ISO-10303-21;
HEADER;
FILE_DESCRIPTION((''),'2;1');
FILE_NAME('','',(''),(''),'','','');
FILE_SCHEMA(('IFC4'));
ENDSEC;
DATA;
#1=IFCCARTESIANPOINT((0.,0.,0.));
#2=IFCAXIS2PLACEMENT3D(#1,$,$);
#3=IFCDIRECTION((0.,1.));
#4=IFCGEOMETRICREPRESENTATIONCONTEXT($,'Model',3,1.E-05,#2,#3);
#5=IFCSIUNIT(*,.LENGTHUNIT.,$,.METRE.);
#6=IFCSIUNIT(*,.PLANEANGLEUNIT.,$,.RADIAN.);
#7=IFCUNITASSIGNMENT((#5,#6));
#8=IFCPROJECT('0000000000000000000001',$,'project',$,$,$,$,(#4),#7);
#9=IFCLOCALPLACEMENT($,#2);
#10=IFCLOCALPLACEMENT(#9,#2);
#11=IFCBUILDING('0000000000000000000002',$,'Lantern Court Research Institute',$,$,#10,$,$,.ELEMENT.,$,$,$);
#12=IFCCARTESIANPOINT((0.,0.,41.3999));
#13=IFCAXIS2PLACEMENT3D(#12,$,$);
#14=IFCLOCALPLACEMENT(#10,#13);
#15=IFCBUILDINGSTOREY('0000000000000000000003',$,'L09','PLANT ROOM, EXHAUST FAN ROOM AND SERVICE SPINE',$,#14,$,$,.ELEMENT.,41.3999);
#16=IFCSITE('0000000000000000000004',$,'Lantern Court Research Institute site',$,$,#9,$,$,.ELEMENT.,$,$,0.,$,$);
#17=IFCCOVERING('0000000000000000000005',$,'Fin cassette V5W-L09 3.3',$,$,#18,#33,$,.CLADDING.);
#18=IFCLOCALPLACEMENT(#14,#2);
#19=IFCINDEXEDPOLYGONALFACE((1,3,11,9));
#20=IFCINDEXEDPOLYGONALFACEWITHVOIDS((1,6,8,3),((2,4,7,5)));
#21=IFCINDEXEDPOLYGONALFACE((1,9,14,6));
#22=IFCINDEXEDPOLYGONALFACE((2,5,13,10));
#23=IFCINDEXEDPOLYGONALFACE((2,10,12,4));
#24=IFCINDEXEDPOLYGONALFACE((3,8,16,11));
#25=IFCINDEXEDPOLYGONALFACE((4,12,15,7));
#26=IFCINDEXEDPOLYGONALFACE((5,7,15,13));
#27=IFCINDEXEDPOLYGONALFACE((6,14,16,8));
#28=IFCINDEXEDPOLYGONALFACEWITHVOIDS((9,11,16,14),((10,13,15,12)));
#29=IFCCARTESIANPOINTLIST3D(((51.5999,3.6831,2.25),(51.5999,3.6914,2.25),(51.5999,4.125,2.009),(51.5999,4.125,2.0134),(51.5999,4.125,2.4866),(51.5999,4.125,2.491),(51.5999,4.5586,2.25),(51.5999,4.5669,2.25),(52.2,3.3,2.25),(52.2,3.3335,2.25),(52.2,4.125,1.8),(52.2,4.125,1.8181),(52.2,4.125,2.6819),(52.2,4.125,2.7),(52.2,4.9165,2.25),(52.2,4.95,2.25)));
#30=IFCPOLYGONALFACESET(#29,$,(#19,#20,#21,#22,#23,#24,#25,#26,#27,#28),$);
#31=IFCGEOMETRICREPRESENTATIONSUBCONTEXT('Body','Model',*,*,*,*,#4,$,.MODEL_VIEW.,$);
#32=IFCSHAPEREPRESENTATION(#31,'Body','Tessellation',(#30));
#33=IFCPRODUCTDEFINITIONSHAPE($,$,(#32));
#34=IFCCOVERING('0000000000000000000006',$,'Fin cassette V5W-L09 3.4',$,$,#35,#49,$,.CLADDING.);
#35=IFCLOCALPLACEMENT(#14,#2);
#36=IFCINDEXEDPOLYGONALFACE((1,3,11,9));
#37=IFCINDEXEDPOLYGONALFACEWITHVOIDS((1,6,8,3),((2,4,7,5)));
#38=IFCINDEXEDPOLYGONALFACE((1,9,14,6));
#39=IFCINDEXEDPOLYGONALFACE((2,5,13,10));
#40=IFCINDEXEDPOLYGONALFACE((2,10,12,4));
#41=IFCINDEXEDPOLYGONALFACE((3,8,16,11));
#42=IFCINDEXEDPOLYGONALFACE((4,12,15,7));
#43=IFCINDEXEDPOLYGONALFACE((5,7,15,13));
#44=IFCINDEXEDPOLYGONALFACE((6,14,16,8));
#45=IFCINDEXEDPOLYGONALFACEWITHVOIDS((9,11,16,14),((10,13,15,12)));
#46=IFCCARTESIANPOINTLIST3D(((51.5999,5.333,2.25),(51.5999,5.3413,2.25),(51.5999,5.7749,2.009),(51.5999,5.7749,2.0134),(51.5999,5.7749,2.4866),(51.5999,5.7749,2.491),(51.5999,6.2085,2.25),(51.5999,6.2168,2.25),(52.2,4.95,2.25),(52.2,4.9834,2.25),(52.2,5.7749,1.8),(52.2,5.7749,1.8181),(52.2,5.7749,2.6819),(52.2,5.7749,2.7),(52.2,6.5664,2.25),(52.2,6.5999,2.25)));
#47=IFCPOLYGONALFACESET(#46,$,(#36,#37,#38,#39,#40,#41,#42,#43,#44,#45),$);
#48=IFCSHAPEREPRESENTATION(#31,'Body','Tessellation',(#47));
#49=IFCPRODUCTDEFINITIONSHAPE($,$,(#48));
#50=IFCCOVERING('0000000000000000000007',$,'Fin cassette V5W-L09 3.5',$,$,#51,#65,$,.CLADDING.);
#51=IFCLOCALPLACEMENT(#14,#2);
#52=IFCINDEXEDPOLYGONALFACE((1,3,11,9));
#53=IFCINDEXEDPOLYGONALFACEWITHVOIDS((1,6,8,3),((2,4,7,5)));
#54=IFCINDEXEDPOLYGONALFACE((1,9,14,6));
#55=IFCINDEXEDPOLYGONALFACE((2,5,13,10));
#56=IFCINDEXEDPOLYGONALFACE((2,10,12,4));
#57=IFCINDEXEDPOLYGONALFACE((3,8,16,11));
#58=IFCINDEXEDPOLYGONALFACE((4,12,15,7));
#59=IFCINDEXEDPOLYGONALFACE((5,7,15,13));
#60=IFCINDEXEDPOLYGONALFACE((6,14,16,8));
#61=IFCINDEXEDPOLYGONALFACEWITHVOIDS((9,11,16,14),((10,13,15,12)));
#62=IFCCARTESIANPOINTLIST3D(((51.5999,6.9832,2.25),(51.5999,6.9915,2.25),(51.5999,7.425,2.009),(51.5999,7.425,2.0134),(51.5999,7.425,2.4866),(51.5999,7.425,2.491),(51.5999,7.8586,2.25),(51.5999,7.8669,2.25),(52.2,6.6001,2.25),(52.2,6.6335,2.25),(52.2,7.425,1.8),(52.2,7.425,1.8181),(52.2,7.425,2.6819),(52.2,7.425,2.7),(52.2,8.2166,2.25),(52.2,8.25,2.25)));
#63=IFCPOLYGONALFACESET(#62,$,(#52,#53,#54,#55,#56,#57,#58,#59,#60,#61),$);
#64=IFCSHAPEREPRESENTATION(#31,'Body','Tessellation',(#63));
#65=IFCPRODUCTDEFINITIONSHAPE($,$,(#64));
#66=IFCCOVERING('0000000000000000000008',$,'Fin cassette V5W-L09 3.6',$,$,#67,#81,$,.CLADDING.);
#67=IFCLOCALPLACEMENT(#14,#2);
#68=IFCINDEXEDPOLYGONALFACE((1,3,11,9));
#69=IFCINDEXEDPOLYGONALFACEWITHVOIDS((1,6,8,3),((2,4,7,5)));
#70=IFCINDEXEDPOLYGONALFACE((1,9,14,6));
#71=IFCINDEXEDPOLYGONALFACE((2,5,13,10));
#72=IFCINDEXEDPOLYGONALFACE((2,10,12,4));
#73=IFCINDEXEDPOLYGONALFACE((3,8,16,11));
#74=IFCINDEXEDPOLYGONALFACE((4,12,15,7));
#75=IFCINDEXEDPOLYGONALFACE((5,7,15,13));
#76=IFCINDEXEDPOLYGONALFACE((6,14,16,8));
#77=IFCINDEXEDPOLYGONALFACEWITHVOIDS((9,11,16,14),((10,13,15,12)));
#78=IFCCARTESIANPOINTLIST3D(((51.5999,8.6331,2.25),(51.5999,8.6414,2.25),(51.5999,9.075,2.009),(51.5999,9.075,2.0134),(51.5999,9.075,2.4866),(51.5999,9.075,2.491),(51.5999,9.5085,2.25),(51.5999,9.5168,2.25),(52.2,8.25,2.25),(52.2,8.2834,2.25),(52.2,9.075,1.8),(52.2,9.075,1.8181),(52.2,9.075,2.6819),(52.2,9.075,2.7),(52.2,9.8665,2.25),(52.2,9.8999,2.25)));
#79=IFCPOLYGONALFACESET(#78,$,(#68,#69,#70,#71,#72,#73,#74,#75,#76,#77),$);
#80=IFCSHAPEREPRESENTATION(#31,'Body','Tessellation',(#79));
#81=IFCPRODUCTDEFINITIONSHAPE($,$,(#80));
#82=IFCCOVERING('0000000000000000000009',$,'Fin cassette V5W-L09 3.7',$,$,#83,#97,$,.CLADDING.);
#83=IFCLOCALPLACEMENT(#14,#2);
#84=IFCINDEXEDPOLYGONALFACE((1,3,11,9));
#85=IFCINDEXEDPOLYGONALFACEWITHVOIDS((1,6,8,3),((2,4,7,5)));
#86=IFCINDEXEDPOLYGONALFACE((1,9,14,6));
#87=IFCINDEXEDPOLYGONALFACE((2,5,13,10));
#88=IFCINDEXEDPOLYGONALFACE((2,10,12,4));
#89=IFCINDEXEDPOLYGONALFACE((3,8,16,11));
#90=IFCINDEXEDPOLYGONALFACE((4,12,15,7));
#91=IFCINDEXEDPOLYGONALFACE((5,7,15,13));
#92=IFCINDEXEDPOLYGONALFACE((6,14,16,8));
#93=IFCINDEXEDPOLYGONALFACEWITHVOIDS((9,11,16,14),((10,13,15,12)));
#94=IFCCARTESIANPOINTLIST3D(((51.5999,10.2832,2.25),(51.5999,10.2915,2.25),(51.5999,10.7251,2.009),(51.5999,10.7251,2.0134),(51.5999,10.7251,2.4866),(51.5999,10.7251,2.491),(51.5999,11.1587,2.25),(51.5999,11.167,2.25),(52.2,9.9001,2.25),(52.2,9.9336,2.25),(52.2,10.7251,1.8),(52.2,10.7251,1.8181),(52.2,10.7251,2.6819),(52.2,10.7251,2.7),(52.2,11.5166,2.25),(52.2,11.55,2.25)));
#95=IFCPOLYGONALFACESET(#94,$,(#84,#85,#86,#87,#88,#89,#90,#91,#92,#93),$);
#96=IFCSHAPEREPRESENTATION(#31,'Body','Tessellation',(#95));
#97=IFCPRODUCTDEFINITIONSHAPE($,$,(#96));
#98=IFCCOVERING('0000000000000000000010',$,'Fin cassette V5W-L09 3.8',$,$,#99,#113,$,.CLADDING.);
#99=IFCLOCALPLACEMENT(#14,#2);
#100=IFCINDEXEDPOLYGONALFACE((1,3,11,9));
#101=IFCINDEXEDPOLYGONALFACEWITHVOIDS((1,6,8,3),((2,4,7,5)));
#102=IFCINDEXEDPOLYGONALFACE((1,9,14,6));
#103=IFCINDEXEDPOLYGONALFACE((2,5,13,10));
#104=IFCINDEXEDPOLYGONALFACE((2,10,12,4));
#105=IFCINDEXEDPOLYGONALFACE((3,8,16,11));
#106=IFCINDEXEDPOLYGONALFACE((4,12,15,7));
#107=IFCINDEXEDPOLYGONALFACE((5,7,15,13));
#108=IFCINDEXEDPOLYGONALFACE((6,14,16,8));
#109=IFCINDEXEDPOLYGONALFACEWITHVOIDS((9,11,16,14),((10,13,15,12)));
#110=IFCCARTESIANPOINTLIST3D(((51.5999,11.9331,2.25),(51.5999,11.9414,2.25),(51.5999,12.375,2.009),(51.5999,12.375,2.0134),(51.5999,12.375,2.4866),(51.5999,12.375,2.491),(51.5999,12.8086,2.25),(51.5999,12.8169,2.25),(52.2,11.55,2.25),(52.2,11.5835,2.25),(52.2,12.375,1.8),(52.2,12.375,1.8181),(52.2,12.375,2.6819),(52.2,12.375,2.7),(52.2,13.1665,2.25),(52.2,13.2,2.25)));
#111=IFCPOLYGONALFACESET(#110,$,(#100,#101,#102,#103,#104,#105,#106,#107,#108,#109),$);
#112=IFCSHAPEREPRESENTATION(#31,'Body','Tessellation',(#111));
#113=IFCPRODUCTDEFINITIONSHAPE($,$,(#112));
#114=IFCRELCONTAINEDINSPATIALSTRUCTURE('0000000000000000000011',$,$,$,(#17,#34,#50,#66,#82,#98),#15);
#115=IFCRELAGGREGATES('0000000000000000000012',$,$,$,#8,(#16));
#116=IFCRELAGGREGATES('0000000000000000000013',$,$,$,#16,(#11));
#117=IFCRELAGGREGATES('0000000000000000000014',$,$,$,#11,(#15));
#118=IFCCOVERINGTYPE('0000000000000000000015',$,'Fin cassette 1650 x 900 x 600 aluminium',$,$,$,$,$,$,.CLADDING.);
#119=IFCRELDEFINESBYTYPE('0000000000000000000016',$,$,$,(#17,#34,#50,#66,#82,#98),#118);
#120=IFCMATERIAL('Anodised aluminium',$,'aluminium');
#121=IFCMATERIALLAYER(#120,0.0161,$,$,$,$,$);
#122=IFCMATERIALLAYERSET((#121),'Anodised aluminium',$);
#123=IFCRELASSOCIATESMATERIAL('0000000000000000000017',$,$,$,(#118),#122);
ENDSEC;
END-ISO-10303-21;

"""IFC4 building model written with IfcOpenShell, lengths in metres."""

from ifc_helpers import new_model, entity, si_unit, direction, frame, origin, place, context, subcontext, project, spatial, material, layer, layer_set, type_object, element, save


model = new_model("IFC4")

# Units and contexts
model_context = context("Model", 3, precision=1e-05, world=origin(), true_north=direction((0.0, 1.0)))
body_context = subcontext(model_context, "Body", "Model", "MODEL_VIEW")
ifc_project = project(units=[si_unit("LENGTHUNIT", "METRE"), si_unit("PLANEANGLEUNIT", "RADIAN")], contexts=[model_context])

# Site, building, storey
site_placement = place(None, origin())
site = spatial("IfcSite", under=ifc_project, at=site_placement, Name="Lantern Court Research Institute site", CompositionType="ELEMENT", RefElevation=0.0)
building_placement = place(site_placement, origin())
building = spatial("IfcBuilding", under=site, at=building_placement, Name="Lantern Court Research Institute", CompositionType="ELEMENT")
storey_placement = place(building_placement, frame((0.0, 0.0, 41.3999)))
storey = spatial("IfcBuildingStorey", under=building, at=storey_placement, Name="L09", Description="PLANT ROOM, EXHAUST FAN ROOM AND SERVICE SPINE", CompositionType="ELEMENT", Elevation=41.3999)

# Coverings
ifc_material_1 = material(Name="Anodised aluminium", Category="aluminium")
ifc_layer_1 = layer(ifc_material_1, 0.0161)
ifc_layer_set_1 = layer_set([ifc_layer_1], Name="Anodised aluminium")
covering_type = type_object("IfcCoveringType", Name="Fin cassette 1650 x 900 x 600 aluminium", PredefinedType="CLADDING", material=ifc_layer_set_1)
covering_1_placement = place(storey_placement, frame((52.2, 4.125, 2.25), z_axis=(-1.0, 0.0, 0.0), x_axis=(0.0, -1.0, 0.0)))
cartesian_point_1 = entity("IfcCartesianPoint", [0.825, 0.0])
cartesian_point_2 = entity("IfcCartesianPoint", [0.7915, 0.0])
cartesian_point_3 = entity("IfcCartesianPoint", [0.4419, 0.0])
cartesian_point_4 = entity("IfcCartesianPoint", [0.4336, 0.0])
element("IfcCovering", 1, at=covering_1_placement, inside=storey, type_object=covering_type, Name="Fin cassette V5W-L09 3.3", PredefinedType="CLADDING", context=body_context, shape_type="SweptSolid", body=[
    entity("IfcExtrudedAreaSolidTapered", entity("IfcArbitraryProfileDefWithVoids", "AREA", None, entity("IfcPolyline", [cartesian_point_1, entity("IfcCartesianPoint", [0.0, 0.45]), entity("IfcCartesianPoint", [-0.825, 0.0]), entity("IfcCartesianPoint", [0.0, -0.45]), cartesian_point_1]), [entity("IfcPolyline", [cartesian_point_2, entity("IfcCartesianPoint", [0.0, 0.4319]), entity("IfcCartesianPoint", [-0.7915, 0.0]), entity("IfcCartesianPoint", [0.0, -0.4319]), cartesian_point_2])]), entity("IfcAxis2Placement3D", entity("IfcCartesianPoint", [0.0, 0.0, 0.0])), entity("IfcDirection", [0.0, 0.0, 1.0]), 0.6001, entity("IfcArbitraryProfileDefWithVoids", "AREA", None, entity("IfcPolyline", [cartesian_point_3, entity("IfcCartesianPoint", [0.0, 0.241]), entity("IfcCartesianPoint", [-0.4419, 0.0]), entity("IfcCartesianPoint", [0.0, -0.241]), cartesian_point_3]), [entity("IfcPolyline", [cartesian_point_4, entity("IfcCartesianPoint", [0.0, 0.2366]), entity("IfcCartesianPoint", [-0.4336, 0.0]), entity("IfcCartesianPoint", [0.0, -0.2366]), cartesian_point_4])])),
])
covering_2_placement = place(storey_placement, frame((52.2, 5.7749, 2.25), z_axis=(-1.0, 0.0, 0.0), x_axis=(0.0, -1.0, 0.0)))
cartesian_point_5 = entity("IfcCartesianPoint", [0.825, 0.0])
cartesian_point_6 = entity("IfcCartesianPoint", [0.7915, 0.0])
cartesian_point_7 = entity("IfcCartesianPoint", [0.4419, 0.0])
cartesian_point_8 = entity("IfcCartesianPoint", [0.4336, 0.0])
element("IfcCovering", 2, at=covering_2_placement, inside=storey, type_object=covering_type, Name="Fin cassette V5W-L09 3.4", PredefinedType="CLADDING", context=body_context, shape_type="SweptSolid", body=[
    entity("IfcExtrudedAreaSolidTapered", entity("IfcArbitraryProfileDefWithVoids", "AREA", None, entity("IfcPolyline", [cartesian_point_5, entity("IfcCartesianPoint", [0.0, 0.45]), entity("IfcCartesianPoint", [-0.825, 0.0]), entity("IfcCartesianPoint", [0.0, -0.45]), cartesian_point_5]), [entity("IfcPolyline", [cartesian_point_6, entity("IfcCartesianPoint", [0.0, 0.4319]), entity("IfcCartesianPoint", [-0.7915, 0.0]), entity("IfcCartesianPoint", [0.0, -0.4319]), cartesian_point_6])]), entity("IfcAxis2Placement3D", entity("IfcCartesianPoint", [0.0, 0.0, 0.0])), entity("IfcDirection", [0.0, 0.0, 1.0]), 0.6001, entity("IfcArbitraryProfileDefWithVoids", "AREA", None, entity("IfcPolyline", [cartesian_point_7, entity("IfcCartesianPoint", [0.0, 0.241]), entity("IfcCartesianPoint", [-0.4419, 0.0]), entity("IfcCartesianPoint", [0.0, -0.241]), cartesian_point_7]), [entity("IfcPolyline", [cartesian_point_8, entity("IfcCartesianPoint", [0.0, 0.2366]), entity("IfcCartesianPoint", [-0.4336, 0.0]), entity("IfcCartesianPoint", [0.0, -0.2366]), cartesian_point_8])])),
])
covering_3_placement = place(storey_placement, frame((52.2, 7.425, 2.25), z_axis=(-1.0, 0.0, 0.0), x_axis=(0.0, -1.0, 0.0)))
cartesian_point_9 = entity("IfcCartesianPoint", [0.825, 0.0])
cartesian_point_10 = entity("IfcCartesianPoint", [0.7915, 0.0])
cartesian_point_11 = entity("IfcCartesianPoint", [0.4419, 0.0])
cartesian_point_12 = entity("IfcCartesianPoint", [0.4336, 0.0])
element("IfcCovering", 3, at=covering_3_placement, inside=storey, type_object=covering_type, Name="Fin cassette V5W-L09 3.5", PredefinedType="CLADDING", context=body_context, shape_type="SweptSolid", body=[
    entity("IfcExtrudedAreaSolidTapered", entity("IfcArbitraryProfileDefWithVoids", "AREA", None, entity("IfcPolyline", [cartesian_point_9, entity("IfcCartesianPoint", [0.0, 0.45]), entity("IfcCartesianPoint", [-0.825, 0.0]), entity("IfcCartesianPoint", [0.0, -0.45]), cartesian_point_9]), [entity("IfcPolyline", [cartesian_point_10, entity("IfcCartesianPoint", [0.0, 0.4319]), entity("IfcCartesianPoint", [-0.7915, 0.0]), entity("IfcCartesianPoint", [0.0, -0.4319]), cartesian_point_10])]), entity("IfcAxis2Placement3D", entity("IfcCartesianPoint", [0.0, 0.0, 0.0])), entity("IfcDirection", [0.0, 0.0, 1.0]), 0.6001, entity("IfcArbitraryProfileDefWithVoids", "AREA", None, entity("IfcPolyline", [cartesian_point_11, entity("IfcCartesianPoint", [0.0, 0.241]), entity("IfcCartesianPoint", [-0.4419, 0.0]), entity("IfcCartesianPoint", [0.0, -0.241]), cartesian_point_11]), [entity("IfcPolyline", [cartesian_point_12, entity("IfcCartesianPoint", [0.0, 0.2366]), entity("IfcCartesianPoint", [-0.4336, 0.0]), entity("IfcCartesianPoint", [0.0, -0.2366]), cartesian_point_12])])),
])
covering_4_placement = place(storey_placement, frame((52.2, 9.075, 2.25), z_axis=(-1.0, 0.0, 0.0), x_axis=(0.0, -1.0, 0.0)))
cartesian_point_13 = entity("IfcCartesianPoint", [0.825, 0.0])
cartesian_point_14 = entity("IfcCartesianPoint", [0.7915, 0.0])
cartesian_point_15 = entity("IfcCartesianPoint", [0.4419, 0.0])
cartesian_point_16 = entity("IfcCartesianPoint", [0.4336, 0.0])
element("IfcCovering", 4, at=covering_4_placement, inside=storey, type_object=covering_type, Name="Fin cassette V5W-L09 3.6", PredefinedType="CLADDING", context=body_context, shape_type="SweptSolid", body=[
    entity("IfcExtrudedAreaSolidTapered", entity("IfcArbitraryProfileDefWithVoids", "AREA", None, entity("IfcPolyline", [cartesian_point_13, entity("IfcCartesianPoint", [0.0, 0.45]), entity("IfcCartesianPoint", [-0.825, 0.0]), entity("IfcCartesianPoint", [0.0, -0.45]), cartesian_point_13]), [entity("IfcPolyline", [cartesian_point_14, entity("IfcCartesianPoint", [0.0, 0.4319]), entity("IfcCartesianPoint", [-0.7915, 0.0]), entity("IfcCartesianPoint", [0.0, -0.4319]), cartesian_point_14])]), entity("IfcAxis2Placement3D", entity("IfcCartesianPoint", [0.0, 0.0, 0.0])), entity("IfcDirection", [0.0, 0.0, 1.0]), 0.6001, entity("IfcArbitraryProfileDefWithVoids", "AREA", None, entity("IfcPolyline", [cartesian_point_15, entity("IfcCartesianPoint", [0.0, 0.241]), entity("IfcCartesianPoint", [-0.4419, 0.0]), entity("IfcCartesianPoint", [0.0, -0.241]), cartesian_point_15]), [entity("IfcPolyline", [cartesian_point_16, entity("IfcCartesianPoint", [0.0, 0.2366]), entity("IfcCartesianPoint", [-0.4336, 0.0]), entity("IfcCartesianPoint", [0.0, -0.2366]), cartesian_point_16])])),
])
covering_5_placement = place(storey_placement, frame((52.2, 10.7251, 2.25), z_axis=(-1.0, 0.0, 0.0), x_axis=(0.0, -1.0, 0.0)))
cartesian_point_17 = entity("IfcCartesianPoint", [0.825, 0.0])
cartesian_point_18 = entity("IfcCartesianPoint", [0.7915, 0.0])
cartesian_point_19 = entity("IfcCartesianPoint", [0.4419, 0.0])
cartesian_point_20 = entity("IfcCartesianPoint", [0.4336, 0.0])
element("IfcCovering", 5, at=covering_5_placement, inside=storey, type_object=covering_type, Name="Fin cassette V5W-L09 3.7", PredefinedType="CLADDING", context=body_context, shape_type="SweptSolid", body=[
    entity("IfcExtrudedAreaSolidTapered", entity("IfcArbitraryProfileDefWithVoids", "AREA", None, entity("IfcPolyline", [cartesian_point_17, entity("IfcCartesianPoint", [0.0, 0.45]), entity("IfcCartesianPoint", [-0.825, 0.0]), entity("IfcCartesianPoint", [0.0, -0.45]), cartesian_point_17]), [entity("IfcPolyline", [cartesian_point_18, entity("IfcCartesianPoint", [0.0, 0.4319]), entity("IfcCartesianPoint", [-0.7915, 0.0]), entity("IfcCartesianPoint", [0.0, -0.4319]), cartesian_point_18])]), entity("IfcAxis2Placement3D", entity("IfcCartesianPoint", [0.0, 0.0, 0.0])), entity("IfcDirection", [0.0, 0.0, 1.0]), 0.6001, entity("IfcArbitraryProfileDefWithVoids", "AREA", None, entity("IfcPolyline", [cartesian_point_19, entity("IfcCartesianPoint", [0.0, 0.241]), entity("IfcCartesianPoint", [-0.4419, 0.0]), entity("IfcCartesianPoint", [0.0, -0.241]), cartesian_point_19]), [entity("IfcPolyline", [cartesian_point_20, entity("IfcCartesianPoint", [0.0, 0.2366]), entity("IfcCartesianPoint", [-0.4336, 0.0]), entity("IfcCartesianPoint", [0.0, -0.2366]), cartesian_point_20])])),
])
covering_6_placement = place(storey_placement, frame((52.2, 12.375, 2.25), z_axis=(-1.0, 0.0, 0.0), x_axis=(0.0, -1.0, 0.0)))
cartesian_point_21 = entity("IfcCartesianPoint", [0.825, 0.0])
cartesian_point_22 = entity("IfcCartesianPoint", [0.7915, 0.0])
cartesian_point_23 = entity("IfcCartesianPoint", [0.4419, 0.0])
cartesian_point_24 = entity("IfcCartesianPoint", [0.4336, 0.0])
element("IfcCovering", 6, at=covering_6_placement, inside=storey, type_object=covering_type, Name="Fin cassette V5W-L09 3.8", PredefinedType="CLADDING", context=body_context, shape_type="SweptSolid", body=[
    entity("IfcExtrudedAreaSolidTapered", entity("IfcArbitraryProfileDefWithVoids", "AREA", None, entity("IfcPolyline", [cartesian_point_21, entity("IfcCartesianPoint", [0.0, 0.45]), entity("IfcCartesianPoint", [-0.825, 0.0]), entity("IfcCartesianPoint", [0.0, -0.45]), cartesian_point_21]), [entity("IfcPolyline", [cartesian_point_22, entity("IfcCartesianPoint", [0.0, 0.4319]), entity("IfcCartesianPoint", [-0.7915, 0.0]), entity("IfcCartesianPoint", [0.0, -0.4319]), cartesian_point_22])]), entity("IfcAxis2Placement3D", entity("IfcCartesianPoint", [0.0, 0.0, 0.0])), entity("IfcDirection", [0.0, 0.0, 1.0]), 0.6001, entity("IfcArbitraryProfileDefWithVoids", "AREA", None, entity("IfcPolyline", [cartesian_point_23, entity("IfcCartesianPoint", [0.0, 0.241]), entity("IfcCartesianPoint", [-0.4419, 0.0]), entity("IfcCartesianPoint", [0.0, -0.241]), cartesian_point_23]), [entity("IfcPolyline", [cartesian_point_24, entity("IfcCartesianPoint", [0.0, 0.2366]), entity("IfcCartesianPoint", [-0.4336, 0.0]), entity("IfcCartesianPoint", [0.0, -0.2366]), cartesian_point_24])])),
])

save(model, "model.ifc")
